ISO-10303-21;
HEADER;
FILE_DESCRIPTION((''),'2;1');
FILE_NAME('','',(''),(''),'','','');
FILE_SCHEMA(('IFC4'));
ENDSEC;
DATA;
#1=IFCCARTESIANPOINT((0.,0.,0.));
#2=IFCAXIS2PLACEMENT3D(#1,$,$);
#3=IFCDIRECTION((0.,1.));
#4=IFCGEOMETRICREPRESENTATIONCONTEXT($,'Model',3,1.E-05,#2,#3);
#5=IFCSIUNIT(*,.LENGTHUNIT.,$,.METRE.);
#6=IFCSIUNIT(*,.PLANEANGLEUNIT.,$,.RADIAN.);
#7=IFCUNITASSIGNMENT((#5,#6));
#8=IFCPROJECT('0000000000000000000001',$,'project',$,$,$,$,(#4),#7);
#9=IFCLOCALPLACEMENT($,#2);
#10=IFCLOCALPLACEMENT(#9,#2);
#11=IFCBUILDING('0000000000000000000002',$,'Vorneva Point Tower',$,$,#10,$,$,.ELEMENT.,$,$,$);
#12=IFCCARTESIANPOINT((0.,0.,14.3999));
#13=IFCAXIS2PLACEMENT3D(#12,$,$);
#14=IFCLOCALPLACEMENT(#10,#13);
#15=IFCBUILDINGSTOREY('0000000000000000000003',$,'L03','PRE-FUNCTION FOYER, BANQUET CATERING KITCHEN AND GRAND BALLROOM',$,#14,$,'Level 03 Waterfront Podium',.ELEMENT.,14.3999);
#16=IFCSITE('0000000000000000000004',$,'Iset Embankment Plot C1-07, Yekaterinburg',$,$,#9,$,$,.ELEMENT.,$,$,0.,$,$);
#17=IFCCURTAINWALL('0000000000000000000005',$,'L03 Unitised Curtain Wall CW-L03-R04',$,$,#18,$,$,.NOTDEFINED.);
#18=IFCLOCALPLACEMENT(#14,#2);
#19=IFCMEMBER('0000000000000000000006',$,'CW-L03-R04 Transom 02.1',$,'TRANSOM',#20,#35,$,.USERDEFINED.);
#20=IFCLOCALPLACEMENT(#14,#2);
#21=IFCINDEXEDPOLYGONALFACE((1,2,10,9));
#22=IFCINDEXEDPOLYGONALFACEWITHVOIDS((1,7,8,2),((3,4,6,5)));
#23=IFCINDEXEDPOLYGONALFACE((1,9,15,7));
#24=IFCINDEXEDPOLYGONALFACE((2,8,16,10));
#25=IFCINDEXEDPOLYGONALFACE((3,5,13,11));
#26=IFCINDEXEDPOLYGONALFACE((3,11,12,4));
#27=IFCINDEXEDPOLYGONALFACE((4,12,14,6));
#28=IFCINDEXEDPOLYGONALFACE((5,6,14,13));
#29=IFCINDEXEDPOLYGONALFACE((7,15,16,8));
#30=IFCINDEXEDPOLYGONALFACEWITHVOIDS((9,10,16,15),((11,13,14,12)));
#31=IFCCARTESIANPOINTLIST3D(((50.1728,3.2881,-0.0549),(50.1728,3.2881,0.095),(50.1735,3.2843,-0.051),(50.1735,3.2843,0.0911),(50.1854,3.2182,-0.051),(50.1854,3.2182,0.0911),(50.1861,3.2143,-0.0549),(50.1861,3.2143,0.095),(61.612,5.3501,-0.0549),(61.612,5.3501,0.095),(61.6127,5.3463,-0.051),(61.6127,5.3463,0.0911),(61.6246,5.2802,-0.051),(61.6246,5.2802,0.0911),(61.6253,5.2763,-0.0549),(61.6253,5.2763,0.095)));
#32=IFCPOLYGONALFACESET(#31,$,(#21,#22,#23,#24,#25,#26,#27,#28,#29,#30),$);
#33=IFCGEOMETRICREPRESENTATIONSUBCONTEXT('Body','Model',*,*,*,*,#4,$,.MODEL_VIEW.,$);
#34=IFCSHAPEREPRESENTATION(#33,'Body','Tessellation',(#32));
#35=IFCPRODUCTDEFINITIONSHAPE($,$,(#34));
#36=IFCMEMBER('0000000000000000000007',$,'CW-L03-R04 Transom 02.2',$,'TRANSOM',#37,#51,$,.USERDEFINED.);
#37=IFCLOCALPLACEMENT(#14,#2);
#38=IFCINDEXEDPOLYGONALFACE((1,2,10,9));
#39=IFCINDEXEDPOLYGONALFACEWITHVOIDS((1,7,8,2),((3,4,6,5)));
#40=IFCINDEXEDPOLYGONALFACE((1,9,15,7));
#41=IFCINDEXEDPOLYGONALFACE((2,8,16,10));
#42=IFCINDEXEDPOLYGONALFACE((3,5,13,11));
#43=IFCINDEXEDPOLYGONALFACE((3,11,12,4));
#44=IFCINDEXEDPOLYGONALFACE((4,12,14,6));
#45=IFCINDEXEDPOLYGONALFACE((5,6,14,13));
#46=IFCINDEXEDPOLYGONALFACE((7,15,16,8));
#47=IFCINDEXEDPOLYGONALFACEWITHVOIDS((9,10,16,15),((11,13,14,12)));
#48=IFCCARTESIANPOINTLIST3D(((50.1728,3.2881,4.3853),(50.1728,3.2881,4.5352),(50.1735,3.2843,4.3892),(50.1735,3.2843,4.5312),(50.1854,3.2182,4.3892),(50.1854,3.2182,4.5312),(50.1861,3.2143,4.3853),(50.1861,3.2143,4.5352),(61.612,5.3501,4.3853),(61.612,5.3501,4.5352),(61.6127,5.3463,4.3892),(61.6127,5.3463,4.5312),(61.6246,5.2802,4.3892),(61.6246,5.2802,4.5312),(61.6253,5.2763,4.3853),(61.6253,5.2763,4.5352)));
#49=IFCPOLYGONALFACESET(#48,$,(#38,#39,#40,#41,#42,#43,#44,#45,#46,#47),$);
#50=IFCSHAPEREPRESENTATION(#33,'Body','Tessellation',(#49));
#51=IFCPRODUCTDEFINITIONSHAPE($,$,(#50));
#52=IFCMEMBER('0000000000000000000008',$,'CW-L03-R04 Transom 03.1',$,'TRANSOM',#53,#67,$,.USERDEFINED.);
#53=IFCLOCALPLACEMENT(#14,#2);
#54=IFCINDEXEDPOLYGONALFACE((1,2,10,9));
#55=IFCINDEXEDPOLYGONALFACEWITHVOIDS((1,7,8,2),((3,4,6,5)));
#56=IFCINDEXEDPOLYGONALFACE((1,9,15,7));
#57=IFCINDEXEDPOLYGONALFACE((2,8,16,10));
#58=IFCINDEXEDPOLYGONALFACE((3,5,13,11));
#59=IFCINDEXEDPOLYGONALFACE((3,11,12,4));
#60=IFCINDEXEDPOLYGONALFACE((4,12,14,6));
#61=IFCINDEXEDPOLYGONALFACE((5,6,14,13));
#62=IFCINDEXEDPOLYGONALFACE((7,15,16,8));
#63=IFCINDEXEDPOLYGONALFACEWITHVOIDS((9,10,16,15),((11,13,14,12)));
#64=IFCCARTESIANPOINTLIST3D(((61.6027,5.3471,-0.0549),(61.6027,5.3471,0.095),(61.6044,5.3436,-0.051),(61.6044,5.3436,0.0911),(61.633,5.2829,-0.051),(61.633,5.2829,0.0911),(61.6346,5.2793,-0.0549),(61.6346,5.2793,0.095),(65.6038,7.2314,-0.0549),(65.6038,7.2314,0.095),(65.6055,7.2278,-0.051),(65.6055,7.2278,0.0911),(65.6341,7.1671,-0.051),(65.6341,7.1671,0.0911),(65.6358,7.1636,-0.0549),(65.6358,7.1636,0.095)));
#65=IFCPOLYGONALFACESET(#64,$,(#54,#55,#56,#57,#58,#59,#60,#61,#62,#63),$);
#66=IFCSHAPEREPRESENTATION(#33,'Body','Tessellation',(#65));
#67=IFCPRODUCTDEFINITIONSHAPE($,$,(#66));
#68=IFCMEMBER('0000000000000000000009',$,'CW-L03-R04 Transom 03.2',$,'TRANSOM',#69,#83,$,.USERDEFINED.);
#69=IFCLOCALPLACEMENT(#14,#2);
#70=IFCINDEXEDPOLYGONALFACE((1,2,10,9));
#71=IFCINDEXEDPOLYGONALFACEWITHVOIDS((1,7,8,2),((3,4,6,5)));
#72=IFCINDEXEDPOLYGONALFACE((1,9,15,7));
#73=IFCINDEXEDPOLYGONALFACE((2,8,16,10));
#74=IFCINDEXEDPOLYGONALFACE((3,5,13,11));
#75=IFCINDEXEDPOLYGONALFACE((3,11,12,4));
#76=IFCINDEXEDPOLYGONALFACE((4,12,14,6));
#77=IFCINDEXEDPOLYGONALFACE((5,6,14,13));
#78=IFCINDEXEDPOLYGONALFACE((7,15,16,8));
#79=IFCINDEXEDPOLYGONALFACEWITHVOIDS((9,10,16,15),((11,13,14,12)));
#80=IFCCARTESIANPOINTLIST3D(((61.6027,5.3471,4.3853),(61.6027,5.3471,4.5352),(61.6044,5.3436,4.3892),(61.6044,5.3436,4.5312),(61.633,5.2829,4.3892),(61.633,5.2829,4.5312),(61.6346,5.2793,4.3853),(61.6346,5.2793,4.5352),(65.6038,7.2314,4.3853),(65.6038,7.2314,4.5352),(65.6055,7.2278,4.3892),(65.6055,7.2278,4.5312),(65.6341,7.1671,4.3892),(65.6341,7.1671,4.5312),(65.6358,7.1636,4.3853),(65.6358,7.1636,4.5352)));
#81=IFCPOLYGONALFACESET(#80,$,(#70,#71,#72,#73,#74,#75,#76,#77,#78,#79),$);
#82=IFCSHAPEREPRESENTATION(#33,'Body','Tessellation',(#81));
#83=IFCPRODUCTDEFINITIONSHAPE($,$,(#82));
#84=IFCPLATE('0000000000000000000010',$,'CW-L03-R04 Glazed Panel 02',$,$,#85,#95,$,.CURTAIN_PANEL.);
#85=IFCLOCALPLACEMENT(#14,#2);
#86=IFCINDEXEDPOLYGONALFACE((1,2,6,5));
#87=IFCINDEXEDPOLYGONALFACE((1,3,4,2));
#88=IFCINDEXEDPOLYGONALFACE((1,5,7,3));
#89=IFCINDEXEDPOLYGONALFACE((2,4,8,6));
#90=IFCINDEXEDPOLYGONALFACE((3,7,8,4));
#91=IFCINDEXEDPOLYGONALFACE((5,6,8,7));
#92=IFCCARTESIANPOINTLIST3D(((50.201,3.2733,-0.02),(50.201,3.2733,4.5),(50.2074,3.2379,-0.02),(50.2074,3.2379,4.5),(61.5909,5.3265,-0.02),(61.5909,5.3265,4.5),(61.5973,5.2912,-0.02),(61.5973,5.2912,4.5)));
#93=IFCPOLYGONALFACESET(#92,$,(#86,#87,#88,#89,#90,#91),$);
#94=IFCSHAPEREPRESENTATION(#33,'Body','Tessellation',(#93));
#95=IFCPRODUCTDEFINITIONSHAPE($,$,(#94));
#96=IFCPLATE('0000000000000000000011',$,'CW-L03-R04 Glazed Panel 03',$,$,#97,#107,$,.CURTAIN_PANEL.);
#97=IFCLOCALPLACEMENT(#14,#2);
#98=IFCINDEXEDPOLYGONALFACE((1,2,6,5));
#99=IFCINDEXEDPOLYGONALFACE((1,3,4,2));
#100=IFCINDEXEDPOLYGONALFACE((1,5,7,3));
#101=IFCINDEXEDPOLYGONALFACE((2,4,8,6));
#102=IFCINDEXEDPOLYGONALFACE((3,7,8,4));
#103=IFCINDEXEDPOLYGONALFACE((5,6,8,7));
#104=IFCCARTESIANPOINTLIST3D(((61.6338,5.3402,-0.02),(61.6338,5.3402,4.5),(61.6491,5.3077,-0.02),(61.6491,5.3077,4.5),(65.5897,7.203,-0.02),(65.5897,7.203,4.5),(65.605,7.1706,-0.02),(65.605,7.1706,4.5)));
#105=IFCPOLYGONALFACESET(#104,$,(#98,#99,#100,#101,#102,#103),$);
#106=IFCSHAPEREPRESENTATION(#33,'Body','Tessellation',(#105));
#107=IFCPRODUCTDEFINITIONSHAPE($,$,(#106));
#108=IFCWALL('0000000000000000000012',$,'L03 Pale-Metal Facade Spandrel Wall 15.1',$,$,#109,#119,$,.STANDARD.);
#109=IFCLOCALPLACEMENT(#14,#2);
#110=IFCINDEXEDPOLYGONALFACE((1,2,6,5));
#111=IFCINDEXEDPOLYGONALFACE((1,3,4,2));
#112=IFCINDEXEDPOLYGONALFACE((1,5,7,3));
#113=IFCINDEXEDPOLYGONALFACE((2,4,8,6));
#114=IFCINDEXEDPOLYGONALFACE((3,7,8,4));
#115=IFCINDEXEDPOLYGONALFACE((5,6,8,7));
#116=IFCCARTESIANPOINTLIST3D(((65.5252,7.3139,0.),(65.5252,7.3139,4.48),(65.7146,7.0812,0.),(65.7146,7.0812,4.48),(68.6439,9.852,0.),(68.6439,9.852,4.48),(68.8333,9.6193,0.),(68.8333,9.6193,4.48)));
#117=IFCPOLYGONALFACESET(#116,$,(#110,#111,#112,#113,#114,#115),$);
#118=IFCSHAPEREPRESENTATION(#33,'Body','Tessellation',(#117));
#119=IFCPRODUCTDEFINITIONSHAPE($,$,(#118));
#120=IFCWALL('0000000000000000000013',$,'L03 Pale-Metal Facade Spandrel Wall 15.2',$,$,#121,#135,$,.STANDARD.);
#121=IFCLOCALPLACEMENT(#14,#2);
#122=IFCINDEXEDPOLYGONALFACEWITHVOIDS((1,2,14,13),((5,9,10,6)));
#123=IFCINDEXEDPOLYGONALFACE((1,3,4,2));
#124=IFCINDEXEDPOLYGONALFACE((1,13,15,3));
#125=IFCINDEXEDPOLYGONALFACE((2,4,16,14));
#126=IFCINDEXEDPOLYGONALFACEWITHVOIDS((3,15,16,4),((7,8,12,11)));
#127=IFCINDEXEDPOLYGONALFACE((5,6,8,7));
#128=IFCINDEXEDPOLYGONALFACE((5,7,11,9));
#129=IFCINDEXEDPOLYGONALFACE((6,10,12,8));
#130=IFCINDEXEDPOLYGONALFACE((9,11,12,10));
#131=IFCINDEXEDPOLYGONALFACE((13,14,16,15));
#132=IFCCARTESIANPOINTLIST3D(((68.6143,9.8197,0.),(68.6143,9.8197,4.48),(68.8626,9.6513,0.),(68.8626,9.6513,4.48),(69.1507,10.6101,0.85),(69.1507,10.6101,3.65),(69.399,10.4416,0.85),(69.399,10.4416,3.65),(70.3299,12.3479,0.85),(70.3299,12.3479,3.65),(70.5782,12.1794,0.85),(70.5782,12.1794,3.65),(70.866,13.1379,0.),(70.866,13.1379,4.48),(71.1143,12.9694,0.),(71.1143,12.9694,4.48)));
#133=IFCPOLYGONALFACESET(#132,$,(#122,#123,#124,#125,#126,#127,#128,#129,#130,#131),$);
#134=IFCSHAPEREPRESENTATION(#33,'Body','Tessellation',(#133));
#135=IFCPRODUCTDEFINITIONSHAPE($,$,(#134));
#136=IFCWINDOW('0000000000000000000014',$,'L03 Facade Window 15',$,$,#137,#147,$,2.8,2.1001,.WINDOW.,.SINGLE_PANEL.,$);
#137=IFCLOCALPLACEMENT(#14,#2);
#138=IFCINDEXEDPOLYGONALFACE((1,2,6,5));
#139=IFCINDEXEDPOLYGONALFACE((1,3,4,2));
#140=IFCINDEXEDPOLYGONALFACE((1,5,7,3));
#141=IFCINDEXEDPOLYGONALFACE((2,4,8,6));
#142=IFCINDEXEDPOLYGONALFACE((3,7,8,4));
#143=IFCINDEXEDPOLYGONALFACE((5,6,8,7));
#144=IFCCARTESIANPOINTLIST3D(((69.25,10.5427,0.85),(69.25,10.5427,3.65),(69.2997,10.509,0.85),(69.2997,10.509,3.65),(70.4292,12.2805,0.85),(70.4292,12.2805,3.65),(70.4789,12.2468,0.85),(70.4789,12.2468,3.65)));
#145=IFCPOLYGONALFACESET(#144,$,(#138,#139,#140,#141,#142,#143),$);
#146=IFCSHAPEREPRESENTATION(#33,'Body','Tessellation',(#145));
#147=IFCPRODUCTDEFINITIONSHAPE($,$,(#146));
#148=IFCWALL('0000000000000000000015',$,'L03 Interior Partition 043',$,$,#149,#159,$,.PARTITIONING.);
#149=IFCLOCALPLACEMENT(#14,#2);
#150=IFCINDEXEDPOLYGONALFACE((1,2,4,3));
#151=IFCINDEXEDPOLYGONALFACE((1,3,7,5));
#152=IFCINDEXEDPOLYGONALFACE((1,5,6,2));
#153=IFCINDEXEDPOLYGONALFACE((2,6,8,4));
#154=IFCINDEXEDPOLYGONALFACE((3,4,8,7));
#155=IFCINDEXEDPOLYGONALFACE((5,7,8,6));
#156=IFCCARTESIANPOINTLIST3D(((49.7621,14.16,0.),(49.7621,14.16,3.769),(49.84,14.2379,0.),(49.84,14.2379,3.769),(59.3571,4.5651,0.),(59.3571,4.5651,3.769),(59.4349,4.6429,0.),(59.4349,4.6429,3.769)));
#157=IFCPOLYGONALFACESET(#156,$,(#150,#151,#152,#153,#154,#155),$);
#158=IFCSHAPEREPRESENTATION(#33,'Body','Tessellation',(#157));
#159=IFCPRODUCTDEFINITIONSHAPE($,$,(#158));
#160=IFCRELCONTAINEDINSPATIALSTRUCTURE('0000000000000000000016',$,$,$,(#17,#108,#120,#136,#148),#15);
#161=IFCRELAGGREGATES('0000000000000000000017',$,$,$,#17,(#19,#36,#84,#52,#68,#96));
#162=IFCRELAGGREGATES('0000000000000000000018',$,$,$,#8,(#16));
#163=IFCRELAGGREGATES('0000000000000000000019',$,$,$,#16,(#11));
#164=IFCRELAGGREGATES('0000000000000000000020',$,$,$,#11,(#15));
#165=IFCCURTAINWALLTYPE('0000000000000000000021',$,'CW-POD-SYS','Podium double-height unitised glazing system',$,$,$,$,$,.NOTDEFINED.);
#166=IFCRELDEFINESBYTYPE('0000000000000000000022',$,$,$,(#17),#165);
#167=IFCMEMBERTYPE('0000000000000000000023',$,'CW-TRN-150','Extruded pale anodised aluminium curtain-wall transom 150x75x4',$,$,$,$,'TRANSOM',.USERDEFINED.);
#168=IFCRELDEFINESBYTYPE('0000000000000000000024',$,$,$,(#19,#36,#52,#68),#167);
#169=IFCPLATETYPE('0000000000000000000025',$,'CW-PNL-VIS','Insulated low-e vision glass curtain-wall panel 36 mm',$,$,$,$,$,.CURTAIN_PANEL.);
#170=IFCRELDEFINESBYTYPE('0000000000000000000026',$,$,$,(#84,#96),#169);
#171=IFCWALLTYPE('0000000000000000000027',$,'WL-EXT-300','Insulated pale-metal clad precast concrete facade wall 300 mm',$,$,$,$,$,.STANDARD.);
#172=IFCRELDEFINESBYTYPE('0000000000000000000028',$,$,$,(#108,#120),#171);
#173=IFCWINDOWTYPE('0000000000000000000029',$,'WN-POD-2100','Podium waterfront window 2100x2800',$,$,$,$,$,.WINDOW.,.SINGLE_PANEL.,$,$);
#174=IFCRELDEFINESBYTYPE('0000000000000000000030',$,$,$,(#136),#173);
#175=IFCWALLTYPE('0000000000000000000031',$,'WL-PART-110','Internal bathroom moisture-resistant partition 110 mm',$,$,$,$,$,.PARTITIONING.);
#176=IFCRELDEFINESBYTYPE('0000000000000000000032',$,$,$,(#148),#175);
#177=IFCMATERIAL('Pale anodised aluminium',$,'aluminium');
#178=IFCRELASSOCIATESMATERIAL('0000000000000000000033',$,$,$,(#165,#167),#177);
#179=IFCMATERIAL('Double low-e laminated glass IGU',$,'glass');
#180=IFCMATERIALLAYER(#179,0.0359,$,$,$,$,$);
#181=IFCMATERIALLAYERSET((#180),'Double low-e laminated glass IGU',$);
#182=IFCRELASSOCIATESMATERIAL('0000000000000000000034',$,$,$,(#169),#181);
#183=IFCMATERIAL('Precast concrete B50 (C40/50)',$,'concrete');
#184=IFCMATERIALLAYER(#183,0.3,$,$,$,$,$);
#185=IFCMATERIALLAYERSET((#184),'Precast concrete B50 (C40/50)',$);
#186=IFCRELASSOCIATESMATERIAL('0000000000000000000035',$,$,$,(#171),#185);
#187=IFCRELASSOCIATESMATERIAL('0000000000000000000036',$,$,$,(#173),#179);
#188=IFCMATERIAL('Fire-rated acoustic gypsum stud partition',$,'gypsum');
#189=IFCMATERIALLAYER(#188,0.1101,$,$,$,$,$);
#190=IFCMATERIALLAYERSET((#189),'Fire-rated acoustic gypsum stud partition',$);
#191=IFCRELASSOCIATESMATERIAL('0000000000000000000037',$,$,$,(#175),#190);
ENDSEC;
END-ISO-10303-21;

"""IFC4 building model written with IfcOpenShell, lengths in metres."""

from ifc_helpers import new_model, si_unit, direction, frame, frame_2d, origin, origin_2d, place, context, subcontext, project, spatial, rectangle, hollow_rectangle, extrude, material, layer, layer_set, material_profile, profile_set, type_object, element, fill, aggregate, save


model = new_model("IFC4")

# Units and contexts
model_context = context("Model", 3, precision=1e-05, world=origin(), true_north=direction((0.0, 1.0)))
body_context = subcontext(model_context, "Body", "Model", "MODEL_VIEW")
ifc_project = project(units=[si_unit("LENGTHUNIT", "METRE"), si_unit("PLANEANGLEUNIT", "RADIAN")], contexts=[model_context])

# Site, building, storey
site_placement = place(None, origin())
site = spatial("IfcSite", under=ifc_project, at=site_placement, Name="Iset Embankment Plot C1-07, Yekaterinburg", CompositionType="ELEMENT", RefElevation=0.0)
building_placement = place(site_placement, origin())
building = spatial("IfcBuilding", under=site, at=building_placement, Name="Vorneva Point Tower", CompositionType="ELEMENT")
storey_placement = place(building_placement, frame((0.0, 0.0, 14.3999)))
storey = spatial("IfcBuildingStorey", under=building, at=storey_placement, Name="L03", Description="PRE-FUNCTION FOYER, BANQUET CATERING KITCHEN AND GRAND BALLROOM", LongName="Level 03 Waterfront Podium", CompositionType="ELEMENT", Elevation=14.3999)

# Shared definitions
ifc_material_1 = material(Name="Pale anodised aluminium", Category="aluminium")
curtain_wall_type = type_object("IfcCurtainWallType", Name="CW-POD-SYS", Description="Podium double-height unitised glazing system", PredefinedType="NOTDEFINED", material=ifc_material_1)

# Curtain wall
curtain_wall_1_placement = place(storey_placement, origin())
curtain_wall_1 = element("IfcCurtainWall", 1, at=curtain_wall_1_placement, inside=storey, type_object=curtain_wall_type, Name="L03 Unitised Curtain Wall CW-L03-R04", PredefinedType="NOTDEFINED")

# Members
ifc_material_profile_1 = material_profile(ifc_material_1, hollow_rectangle(XDim=0.075, YDim=0.1499, WallThickness=0.0039, at=origin_2d()), Name="AL-TRN 150x75x4")
ifc_profile_set_1 = profile_set([ifc_material_profile_1], Name="Pale anodised aluminium")
member_type_1 = type_object("IfcMemberType", Name="CW-TRN-150", Description="Extruded pale anodised aluminium curtain-wall transom 150x75x4", ElementType="TRANSOM", PredefinedType="USERDEFINED", material=ifc_profile_set_1)
member_1_placement = place(storey_placement, frame((50.1794, 3.2512, 0.02), z_axis=(0.984139, 0.177399, 0.0), x_axis=(-0.177399, 0.984139, 0.0)))
member_1 = element("IfcMember", 2, at=member_1_placement, type_object=member_type_1, Name="CW-L03-R04 Transom 02.1", ObjectType="TRANSOM", PredefinedType="USERDEFINED", context=body_context, shape_type="SweptSolid", body=[
    extrude(hollow_rectangle(XDim=0.075, YDim=0.1499, WallThickness=0.0039, at=origin_2d()), origin(), (0.0, 0.0, 1.0), 11.6235),
])
member_2_placement = place(storey_placement, frame((50.1794, 3.2512, 4.4602), z_axis=(0.984139, 0.177399, 0.0), x_axis=(-0.177399, 0.984139, 0.0)))
member_2 = element("IfcMember", 3, at=member_2_placement, type_object=member_type_1, Name="CW-L03-R04 Transom 02.2", ObjectType="TRANSOM", PredefinedType="USERDEFINED", context=body_context, shape_type="SweptSolid", body=[
    extrude(hollow_rectangle(XDim=0.075, YDim=0.1499, WallThickness=0.0039, at=origin_2d()), origin(), (0.0, 0.0, 1.0), 11.6235),
])
member_3_placement = place(storey_placement, frame((61.6187, 5.3132, 0.02), z_axis=(0.904701, 0.426047, 0.0), x_axis=(-0.426047, 0.904701, 0.0)))
member_3 = element("IfcMember", 4, at=member_3_placement, type_object=member_type_1, Name="CW-L03-R04 Transom 03.1", ObjectType="TRANSOM", PredefinedType="USERDEFINED", context=body_context, shape_type="SweptSolid", body=[
    extrude(hollow_rectangle(XDim=0.075, YDim=0.1499, WallThickness=0.0039, at=origin_2d()), origin(), (0.0, 0.0, 1.0), 4.4226),
])
member_4_placement = place(storey_placement, frame((61.6187, 5.3132, 4.4602), z_axis=(0.904701, 0.426047, 0.0), x_axis=(-0.426047, 0.904701, 0.0)))
member_4 = element("IfcMember", 5, at=member_4_placement, type_object=member_type_1, Name="CW-L03-R04 Transom 03.2", ObjectType="TRANSOM", PredefinedType="USERDEFINED", context=body_context, shape_type="SweptSolid", body=[
    extrude(hollow_rectangle(XDim=0.075, YDim=0.1499, WallThickness=0.0039, at=origin_2d()), origin(), (0.0, 0.0, 1.0), 4.4226),
])

# Plates
ifc_material_2 = material(Name="Double low-e laminated glass IGU", Category="glass")
ifc_layer_1 = layer(ifc_material_2, 0.0359)
ifc_layer_set_1 = layer_set([ifc_layer_1], Name="Double low-e laminated glass IGU")
plate_type = type_object("IfcPlateType", Name="CW-PNL-VIS", Description="Insulated low-e vision glass curtain-wall panel 36 mm", PredefinedType="CURTAIN_PANEL", material=ifc_layer_set_1)
plate_1_placement = place(storey_placement, frame((55.8992, 4.2822, -0.02), z_axis=(0.0, 0.0, 1.0), x_axis=(0.984137, 0.177411, 0.0)))
plate_1 = element("IfcPlate", 6, at=plate_1_placement, type_object=plate_type, Name="CW-L03-R04 Glazed Panel 02", PredefinedType="CURTAIN_PANEL", context=body_context, shape_type="SweptSolid", body=[
    extrude(rectangle(XDim=11.5735, YDim=0.0359, at=origin_2d()), origin(), (0.0, 0.0, 1.0), 4.52),
])
plate_2_placement = place(storey_placement, frame((63.6194, 6.2554, -0.02), z_axis=(0.0, 0.0, 1.0), x_axis=(0.904708, 0.426032, 0.0)))
plate_2 = element("IfcPlate", 7, at=plate_2_placement, type_object=plate_type, Name="CW-L03-R04 Glazed Panel 03", PredefinedType="CURTAIN_PANEL", context=body_context, shape_type="SweptSolid", body=[
    extrude(rectangle(XDim=4.3726, YDim=0.0359, at=origin_2d()), origin(), (0.0, 0.0, 1.0), 4.52),
])
aggregate(curtain_wall_1, [member_1, member_2, plate_1, member_3, member_4, plate_2])

# Wall
ifc_material_3 = material(Name="Precast concrete B50 (C40/50)", Category="concrete")
ifc_layer_2 = layer(ifc_material_3, 0.3)
ifc_layer_set_2 = layer_set([ifc_layer_2], Name="Precast concrete B50 (C40/50)")
wall_type_1 = type_object("IfcWallType", Name="WL-EXT-300", Description="Insulated pale-metal clad precast concrete facade wall 300 mm", PredefinedType="STANDARD", material=ifc_layer_set_2)
wall_1_placement = place(storey_placement, frame((65.6199, 7.1975, 0.0), z_axis=(0.0, 0.0, 1.0), x_axis=(0.775605, 0.631219, 0.0)))
element("IfcWall", 8, at=wall_1_placement, inside=storey, type_object=wall_type_1, Name="L03 Pale-Metal Facade Spandrel Wall 15.1", PredefinedType="STANDARD", context=body_context, shape_type="SweptSolid", body=[
    extrude(rectangle(XDim=4.021, YDim=0.3, at=frame_2d((2.0105, 0.0))), origin(), (0.0, 0.0, 1.0), 4.48),
])

# Wall, opening, window
wall_2_placement = place(storey_placement, frame((68.7385, 9.7356, 0.0), z_axis=(0.0, 0.0, 1.0), x_axis=(0.561524, 0.827461, 0.0)))
wall_2 = element("IfcWall", 9, at=wall_2_placement, inside=storey, type_object=wall_type_1, Name="L03 Pale-Metal Facade Spandrel Wall 15.2", PredefinedType="STANDARD", context=body_context, shape_type="SweptSolid", body=[
    extrude(rectangle(XDim=4.01, YDim=0.3, at=frame_2d((2.0049, 0.0))), origin(), (0.0, 0.0, 1.0), 4.48),
])
opening_1_placement = place(wall_2_placement, frame((0.9551, 0.0, 0.8501)))
opening_1 = element("IfcOpeningElement", 10, at=opening_1_placement, cuts=wall_2, PredefinedType="OPENING", context=body_context, shape_type="SweptSolid", body=[
    extrude(rectangle(XDim=2.1001, YDim=2.8, at=frame_2d((1.05, 1.3999))), frame((0.0, 0.165, 0.0), z_axis=(0.0, -1.0, 0.0), x_axis=(1.0, 0.0, 0.0)), (0.0, 0.0, 1.0), 0.3298),
])
window_type = type_object("IfcWindowType", Name="WN-POD-2100", Description="Podium waterfront window 2100x2800", PartitioningType="SINGLE_PANEL", PredefinedType="WINDOW", material=ifc_material_2)
window_placement = place(opening_1_placement, origin())
window = element("IfcWindow", 11, at=window_placement, inside=storey, type_object=window_type, Name="L03 Facade Window 15", OverallHeight=2.8, OverallWidth=2.1001, PartitioningType="SINGLE_PANEL", PredefinedType="WINDOW", context=body_context, shape_type="SweptSolid", body=[
    extrude(rectangle(XDim=2.1001, YDim=2.8, at=frame_2d((1.05, 1.3999))), frame((0.0, 0.03, 0.0), z_axis=(0.0, -1.0, 0.0), x_axis=(1.0, 0.0, 0.0)), (0.0, 0.0, 1.0), 0.0601),
])
fill(opening_1, window)

# Wall
ifc_material_4 = material(Name="Fire-rated acoustic gypsum stud partition", Category="gypsum")
ifc_layer_3 = layer(ifc_material_4, 0.1101)
ifc_layer_set_3 = layer_set([ifc_layer_3], Name="Fire-rated acoustic gypsum stud partition")
wall_type_2 = type_object("IfcWallType", Name="WL-PART-110", Description="Internal bathroom moisture-resistant partition 110 mm", PredefinedType="PARTITIONING", material=ifc_layer_set_3)
wall_3_placement = place(storey_placement, frame((59.396, 4.604, 0.0), z_axis=(0.0, 0.0, 1.0), x_axis=(-0.707107, 0.707107, 0.0)))
element("IfcWall", 12, at=wall_3_placement, inside=storey, type_object=wall_type_2, Name="L03 Interior Partition 043", PredefinedType="PARTITIONING", context=body_context, shape_type="SweptSolid", body=[
    extrude(rectangle(XDim=13.5693, YDim=0.1101, at=frame_2d((6.7847, 0.0))), origin(), (0.0, 0.0, 1.0), 3.769),
])

save(model, "model.ifc")
